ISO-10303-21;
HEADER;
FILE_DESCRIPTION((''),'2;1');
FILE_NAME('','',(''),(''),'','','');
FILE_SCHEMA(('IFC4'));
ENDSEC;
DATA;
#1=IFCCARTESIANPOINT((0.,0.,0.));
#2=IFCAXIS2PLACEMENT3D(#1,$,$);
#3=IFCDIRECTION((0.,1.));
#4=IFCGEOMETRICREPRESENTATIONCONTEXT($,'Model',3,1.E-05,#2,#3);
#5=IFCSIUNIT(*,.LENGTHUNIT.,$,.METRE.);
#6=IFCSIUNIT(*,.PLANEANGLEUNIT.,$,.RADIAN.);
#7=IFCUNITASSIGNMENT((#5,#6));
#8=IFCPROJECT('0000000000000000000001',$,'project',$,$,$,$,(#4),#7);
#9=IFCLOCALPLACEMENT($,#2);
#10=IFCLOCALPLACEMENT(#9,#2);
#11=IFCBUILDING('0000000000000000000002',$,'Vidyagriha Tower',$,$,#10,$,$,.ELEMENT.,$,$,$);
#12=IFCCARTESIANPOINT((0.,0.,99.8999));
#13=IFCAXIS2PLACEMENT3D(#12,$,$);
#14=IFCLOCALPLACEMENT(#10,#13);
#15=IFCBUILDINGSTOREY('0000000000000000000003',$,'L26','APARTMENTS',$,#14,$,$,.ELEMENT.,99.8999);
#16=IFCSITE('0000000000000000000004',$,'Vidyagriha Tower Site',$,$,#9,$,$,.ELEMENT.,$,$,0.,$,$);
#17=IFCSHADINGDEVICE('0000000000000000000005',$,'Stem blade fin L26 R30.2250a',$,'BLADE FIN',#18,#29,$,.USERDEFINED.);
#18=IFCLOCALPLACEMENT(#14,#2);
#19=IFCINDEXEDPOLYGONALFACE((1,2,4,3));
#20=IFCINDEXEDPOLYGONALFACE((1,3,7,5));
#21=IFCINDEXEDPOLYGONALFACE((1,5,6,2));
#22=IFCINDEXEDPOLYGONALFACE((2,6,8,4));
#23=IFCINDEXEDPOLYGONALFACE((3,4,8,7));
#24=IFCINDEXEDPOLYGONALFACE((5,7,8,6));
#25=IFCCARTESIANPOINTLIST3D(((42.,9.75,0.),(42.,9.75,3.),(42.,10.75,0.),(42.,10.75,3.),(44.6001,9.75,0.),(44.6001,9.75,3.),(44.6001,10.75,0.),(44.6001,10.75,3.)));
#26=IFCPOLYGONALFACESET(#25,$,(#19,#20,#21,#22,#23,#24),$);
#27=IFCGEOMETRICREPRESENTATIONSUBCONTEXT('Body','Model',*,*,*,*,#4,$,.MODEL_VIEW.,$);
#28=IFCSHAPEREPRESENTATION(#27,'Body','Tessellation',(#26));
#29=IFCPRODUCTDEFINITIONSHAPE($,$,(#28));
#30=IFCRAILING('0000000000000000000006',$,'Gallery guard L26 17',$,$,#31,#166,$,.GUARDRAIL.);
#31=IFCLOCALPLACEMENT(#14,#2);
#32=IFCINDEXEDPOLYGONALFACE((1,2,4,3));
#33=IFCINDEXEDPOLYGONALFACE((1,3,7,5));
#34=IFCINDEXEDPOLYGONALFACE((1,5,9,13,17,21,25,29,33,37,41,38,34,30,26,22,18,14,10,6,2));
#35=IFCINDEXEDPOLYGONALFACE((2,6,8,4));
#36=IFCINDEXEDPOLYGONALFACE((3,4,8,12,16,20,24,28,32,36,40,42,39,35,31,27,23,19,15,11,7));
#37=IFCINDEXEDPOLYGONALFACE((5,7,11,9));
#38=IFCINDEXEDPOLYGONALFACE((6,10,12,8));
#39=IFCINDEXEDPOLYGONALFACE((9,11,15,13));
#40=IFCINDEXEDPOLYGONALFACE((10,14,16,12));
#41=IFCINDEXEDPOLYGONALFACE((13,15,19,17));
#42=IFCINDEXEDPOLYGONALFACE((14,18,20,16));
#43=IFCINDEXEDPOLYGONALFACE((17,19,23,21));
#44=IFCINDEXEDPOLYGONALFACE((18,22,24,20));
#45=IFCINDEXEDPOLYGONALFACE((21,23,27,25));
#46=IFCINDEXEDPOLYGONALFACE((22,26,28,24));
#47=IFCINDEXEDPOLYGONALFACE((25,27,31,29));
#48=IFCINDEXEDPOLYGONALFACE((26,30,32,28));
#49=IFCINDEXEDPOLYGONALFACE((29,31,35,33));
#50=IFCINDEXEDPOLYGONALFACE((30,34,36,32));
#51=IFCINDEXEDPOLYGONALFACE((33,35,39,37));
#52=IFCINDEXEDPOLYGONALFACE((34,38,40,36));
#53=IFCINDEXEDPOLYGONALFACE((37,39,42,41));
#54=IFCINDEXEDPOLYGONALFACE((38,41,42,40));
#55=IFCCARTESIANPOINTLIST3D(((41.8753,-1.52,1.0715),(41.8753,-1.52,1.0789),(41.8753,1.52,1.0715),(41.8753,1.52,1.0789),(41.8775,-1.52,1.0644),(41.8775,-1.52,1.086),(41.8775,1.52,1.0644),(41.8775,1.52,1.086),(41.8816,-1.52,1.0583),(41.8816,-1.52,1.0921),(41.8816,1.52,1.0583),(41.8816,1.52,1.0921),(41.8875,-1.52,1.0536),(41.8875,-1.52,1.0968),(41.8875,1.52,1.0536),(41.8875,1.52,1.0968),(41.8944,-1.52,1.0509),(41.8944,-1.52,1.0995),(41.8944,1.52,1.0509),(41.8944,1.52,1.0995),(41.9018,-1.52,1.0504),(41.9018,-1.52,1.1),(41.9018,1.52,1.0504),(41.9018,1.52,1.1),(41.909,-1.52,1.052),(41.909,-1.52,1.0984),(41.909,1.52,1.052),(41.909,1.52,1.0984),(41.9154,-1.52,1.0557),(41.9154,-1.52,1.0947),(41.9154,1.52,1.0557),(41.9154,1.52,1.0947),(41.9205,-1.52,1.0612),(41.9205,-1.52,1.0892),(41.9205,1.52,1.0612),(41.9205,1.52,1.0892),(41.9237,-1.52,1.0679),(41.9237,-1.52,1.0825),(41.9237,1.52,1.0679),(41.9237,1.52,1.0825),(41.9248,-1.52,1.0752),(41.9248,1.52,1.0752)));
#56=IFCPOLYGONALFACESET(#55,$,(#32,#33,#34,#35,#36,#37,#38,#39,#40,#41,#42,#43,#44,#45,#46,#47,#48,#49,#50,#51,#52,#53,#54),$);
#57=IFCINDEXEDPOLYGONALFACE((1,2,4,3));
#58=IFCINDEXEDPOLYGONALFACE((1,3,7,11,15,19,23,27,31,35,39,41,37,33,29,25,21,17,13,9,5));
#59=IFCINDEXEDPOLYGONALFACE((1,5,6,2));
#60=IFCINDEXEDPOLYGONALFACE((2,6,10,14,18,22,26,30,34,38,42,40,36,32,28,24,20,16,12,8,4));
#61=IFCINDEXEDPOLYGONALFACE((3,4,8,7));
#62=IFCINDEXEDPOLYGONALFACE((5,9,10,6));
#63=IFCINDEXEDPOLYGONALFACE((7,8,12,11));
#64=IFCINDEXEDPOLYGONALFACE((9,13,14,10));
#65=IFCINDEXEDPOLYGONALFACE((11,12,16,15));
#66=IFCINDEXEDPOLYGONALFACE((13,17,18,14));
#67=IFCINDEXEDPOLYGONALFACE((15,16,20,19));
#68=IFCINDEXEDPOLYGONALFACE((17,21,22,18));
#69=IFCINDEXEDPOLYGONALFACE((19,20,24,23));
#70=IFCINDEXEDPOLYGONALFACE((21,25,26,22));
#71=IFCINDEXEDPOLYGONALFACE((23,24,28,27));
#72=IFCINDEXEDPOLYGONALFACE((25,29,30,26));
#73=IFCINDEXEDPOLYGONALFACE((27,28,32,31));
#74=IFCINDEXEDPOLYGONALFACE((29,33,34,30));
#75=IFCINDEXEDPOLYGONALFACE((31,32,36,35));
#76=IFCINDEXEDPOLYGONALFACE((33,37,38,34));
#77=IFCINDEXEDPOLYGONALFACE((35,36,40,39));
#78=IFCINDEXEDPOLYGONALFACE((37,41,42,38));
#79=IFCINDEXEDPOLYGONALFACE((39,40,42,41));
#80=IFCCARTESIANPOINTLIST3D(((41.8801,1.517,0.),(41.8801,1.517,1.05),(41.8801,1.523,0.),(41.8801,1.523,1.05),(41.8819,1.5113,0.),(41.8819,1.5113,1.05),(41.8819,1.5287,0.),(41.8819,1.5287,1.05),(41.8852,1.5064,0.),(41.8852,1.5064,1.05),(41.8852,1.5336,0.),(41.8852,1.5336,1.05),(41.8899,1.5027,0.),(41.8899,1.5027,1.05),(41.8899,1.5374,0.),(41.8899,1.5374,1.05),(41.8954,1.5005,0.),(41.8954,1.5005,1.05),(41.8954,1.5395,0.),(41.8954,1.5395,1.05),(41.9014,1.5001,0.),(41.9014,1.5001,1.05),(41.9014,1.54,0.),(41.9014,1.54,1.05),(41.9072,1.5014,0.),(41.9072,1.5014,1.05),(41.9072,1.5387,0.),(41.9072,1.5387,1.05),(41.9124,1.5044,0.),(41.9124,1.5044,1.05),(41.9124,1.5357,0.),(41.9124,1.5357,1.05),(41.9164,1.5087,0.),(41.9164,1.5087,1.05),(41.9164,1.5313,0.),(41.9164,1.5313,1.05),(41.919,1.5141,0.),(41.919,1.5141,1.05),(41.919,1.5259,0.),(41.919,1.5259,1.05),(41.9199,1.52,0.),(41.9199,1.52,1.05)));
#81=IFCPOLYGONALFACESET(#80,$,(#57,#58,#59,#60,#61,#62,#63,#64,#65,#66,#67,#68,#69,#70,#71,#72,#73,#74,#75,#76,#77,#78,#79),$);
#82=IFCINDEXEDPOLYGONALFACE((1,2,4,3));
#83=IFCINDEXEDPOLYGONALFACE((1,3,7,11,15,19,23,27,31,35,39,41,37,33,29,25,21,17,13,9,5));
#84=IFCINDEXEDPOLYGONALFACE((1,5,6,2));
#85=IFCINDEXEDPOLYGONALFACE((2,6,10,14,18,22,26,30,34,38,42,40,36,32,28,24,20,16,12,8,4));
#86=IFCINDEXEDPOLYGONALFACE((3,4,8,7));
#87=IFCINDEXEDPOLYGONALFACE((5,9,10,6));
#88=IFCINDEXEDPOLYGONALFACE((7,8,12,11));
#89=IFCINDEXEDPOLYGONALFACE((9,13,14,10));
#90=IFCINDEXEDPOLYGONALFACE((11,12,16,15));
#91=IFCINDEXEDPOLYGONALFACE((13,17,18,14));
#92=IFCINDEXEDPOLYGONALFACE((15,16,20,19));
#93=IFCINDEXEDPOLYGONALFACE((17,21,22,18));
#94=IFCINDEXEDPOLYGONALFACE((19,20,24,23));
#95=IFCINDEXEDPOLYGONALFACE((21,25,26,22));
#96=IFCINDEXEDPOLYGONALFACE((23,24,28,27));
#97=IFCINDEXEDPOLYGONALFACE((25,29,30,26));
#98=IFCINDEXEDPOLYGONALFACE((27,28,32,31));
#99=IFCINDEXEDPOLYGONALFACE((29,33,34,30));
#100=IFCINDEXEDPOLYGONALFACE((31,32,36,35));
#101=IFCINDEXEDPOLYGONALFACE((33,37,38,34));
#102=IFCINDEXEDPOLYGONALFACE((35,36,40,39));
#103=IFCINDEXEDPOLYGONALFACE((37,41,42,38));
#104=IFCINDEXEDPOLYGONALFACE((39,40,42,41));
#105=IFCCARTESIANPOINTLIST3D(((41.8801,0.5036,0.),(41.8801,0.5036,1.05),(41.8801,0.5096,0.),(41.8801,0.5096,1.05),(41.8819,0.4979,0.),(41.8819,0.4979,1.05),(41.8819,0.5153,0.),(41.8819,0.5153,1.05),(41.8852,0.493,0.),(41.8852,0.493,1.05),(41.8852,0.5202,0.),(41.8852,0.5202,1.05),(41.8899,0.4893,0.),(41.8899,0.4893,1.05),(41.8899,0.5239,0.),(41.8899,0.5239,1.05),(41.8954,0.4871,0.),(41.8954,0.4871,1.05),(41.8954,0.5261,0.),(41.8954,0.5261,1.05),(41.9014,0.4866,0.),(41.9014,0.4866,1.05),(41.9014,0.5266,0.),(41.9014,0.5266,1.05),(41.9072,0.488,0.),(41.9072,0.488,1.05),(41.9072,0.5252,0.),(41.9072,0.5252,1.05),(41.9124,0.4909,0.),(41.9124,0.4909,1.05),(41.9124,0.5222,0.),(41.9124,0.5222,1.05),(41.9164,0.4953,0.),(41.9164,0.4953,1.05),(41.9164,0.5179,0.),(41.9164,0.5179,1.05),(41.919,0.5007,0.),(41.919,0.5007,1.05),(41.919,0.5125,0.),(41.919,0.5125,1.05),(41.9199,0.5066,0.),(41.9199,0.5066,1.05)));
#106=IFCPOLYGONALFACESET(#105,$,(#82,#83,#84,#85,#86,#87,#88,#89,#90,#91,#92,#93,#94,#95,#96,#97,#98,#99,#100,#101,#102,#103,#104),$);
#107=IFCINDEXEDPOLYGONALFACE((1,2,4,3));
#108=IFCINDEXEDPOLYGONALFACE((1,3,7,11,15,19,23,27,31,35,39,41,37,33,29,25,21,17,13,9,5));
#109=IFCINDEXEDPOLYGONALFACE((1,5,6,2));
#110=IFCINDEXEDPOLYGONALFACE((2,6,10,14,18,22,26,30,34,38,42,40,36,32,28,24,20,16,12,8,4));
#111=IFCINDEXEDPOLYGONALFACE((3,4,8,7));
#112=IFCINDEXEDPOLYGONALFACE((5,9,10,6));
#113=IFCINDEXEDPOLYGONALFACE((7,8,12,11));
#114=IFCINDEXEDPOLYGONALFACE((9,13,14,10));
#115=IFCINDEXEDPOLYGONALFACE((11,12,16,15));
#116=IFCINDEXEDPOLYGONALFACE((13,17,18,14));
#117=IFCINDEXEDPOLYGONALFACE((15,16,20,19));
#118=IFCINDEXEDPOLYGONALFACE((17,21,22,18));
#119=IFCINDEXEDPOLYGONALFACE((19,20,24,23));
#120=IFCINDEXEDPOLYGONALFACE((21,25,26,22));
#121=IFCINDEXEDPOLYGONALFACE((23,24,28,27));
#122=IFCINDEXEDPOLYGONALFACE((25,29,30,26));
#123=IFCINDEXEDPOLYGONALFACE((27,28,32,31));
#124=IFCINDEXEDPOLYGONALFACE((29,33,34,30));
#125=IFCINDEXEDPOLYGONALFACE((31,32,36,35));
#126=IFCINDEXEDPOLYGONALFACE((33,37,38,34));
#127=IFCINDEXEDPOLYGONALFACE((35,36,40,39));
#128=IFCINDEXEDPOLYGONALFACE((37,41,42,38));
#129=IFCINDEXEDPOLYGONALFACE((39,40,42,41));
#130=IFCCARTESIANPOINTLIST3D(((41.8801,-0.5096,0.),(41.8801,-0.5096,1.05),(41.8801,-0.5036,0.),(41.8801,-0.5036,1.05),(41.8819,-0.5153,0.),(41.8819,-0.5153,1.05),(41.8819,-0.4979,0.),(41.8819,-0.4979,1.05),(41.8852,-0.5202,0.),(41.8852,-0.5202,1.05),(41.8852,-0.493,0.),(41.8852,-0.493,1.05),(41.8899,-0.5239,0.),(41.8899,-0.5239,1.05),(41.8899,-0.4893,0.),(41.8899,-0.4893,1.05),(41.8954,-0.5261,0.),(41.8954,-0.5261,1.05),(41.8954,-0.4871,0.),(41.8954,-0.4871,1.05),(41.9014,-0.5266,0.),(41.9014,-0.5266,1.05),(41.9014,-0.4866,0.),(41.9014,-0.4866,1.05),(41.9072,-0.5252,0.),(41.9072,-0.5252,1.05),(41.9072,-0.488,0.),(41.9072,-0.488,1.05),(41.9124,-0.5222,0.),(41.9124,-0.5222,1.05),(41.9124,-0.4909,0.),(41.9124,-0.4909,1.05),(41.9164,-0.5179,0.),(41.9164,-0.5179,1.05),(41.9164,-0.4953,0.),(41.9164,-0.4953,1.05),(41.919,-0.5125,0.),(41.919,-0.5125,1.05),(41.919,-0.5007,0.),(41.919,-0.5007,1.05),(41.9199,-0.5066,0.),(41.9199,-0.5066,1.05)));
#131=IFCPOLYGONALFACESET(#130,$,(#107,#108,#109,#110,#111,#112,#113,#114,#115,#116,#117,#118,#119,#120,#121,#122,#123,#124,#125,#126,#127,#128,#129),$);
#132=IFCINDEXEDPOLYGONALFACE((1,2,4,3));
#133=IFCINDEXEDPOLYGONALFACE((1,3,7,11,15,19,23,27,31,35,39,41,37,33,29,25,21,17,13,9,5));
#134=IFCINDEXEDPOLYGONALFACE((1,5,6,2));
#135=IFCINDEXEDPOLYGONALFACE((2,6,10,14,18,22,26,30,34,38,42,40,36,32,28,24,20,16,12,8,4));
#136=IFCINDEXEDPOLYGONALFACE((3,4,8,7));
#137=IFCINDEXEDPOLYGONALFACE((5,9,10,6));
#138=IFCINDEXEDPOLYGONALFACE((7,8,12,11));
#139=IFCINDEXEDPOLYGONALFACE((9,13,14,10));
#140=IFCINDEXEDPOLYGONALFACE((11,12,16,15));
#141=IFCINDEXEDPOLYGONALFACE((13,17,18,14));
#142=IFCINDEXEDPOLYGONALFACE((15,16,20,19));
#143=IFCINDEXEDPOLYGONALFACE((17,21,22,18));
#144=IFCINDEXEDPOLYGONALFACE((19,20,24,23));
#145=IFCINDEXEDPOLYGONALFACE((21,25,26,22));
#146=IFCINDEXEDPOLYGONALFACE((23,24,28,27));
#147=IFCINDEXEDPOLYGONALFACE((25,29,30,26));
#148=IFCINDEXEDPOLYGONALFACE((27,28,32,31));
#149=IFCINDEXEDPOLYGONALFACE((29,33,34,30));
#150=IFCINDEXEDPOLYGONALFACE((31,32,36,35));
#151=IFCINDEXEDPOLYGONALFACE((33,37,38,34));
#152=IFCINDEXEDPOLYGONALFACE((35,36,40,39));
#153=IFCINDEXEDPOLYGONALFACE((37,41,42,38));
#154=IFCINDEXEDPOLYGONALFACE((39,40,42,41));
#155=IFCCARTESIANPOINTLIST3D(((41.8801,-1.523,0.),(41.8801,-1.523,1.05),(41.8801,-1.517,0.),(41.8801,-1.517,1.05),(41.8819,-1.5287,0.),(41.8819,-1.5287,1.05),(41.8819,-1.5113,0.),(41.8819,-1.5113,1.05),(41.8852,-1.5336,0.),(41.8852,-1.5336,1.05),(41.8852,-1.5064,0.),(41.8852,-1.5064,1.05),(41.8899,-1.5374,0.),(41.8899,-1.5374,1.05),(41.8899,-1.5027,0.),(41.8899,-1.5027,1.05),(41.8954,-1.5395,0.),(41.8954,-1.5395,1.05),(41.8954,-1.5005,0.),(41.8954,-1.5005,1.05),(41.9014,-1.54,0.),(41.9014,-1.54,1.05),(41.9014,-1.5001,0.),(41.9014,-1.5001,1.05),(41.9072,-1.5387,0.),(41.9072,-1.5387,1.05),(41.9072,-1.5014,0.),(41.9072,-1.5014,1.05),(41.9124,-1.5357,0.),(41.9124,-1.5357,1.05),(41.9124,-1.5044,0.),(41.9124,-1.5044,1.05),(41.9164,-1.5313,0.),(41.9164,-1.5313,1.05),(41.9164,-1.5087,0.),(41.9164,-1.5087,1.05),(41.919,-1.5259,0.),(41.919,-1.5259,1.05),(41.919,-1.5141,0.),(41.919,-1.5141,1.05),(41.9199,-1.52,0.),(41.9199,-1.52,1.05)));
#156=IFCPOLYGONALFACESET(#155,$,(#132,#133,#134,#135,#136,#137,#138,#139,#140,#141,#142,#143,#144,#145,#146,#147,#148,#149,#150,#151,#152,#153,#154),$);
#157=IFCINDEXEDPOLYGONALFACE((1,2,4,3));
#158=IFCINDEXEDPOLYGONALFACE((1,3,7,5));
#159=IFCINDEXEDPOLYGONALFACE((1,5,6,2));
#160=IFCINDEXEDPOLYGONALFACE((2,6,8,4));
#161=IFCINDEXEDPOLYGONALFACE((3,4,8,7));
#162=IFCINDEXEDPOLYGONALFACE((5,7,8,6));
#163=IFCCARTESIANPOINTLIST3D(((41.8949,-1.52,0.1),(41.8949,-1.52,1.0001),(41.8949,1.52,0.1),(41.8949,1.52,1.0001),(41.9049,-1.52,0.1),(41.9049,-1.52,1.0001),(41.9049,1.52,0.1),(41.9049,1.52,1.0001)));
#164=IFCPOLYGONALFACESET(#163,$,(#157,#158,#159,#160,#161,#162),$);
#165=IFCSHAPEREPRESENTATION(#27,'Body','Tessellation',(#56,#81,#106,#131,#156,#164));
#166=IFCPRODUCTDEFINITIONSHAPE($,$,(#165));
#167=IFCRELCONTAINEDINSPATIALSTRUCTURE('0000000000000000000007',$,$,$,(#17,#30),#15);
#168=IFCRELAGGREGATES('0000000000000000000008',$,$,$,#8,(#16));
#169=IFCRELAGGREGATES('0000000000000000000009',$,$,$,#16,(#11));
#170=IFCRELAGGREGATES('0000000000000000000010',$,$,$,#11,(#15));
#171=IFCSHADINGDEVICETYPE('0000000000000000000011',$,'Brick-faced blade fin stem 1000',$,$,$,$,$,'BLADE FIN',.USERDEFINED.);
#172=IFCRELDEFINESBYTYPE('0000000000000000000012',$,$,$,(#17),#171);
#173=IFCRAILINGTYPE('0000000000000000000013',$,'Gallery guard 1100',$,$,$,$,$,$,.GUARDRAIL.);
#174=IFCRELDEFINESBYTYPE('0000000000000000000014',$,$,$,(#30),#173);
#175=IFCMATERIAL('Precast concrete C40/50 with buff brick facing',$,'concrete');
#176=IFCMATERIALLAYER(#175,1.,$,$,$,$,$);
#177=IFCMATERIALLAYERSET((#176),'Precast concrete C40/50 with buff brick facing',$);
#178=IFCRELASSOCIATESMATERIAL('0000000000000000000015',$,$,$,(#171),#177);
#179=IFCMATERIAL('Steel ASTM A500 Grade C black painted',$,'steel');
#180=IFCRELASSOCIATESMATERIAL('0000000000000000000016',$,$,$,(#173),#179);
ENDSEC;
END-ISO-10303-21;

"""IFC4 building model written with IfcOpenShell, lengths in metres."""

from ifc_helpers import new_model, si_unit, direction, frame, origin, origin_2d, place, context, subcontext, project, spatial, polyline, rectangle, circle, outline, extrude, material, layer, layer_set, type_object, element, save


model = new_model("IFC4")

# Units and contexts
model_context = context("Model", 3, precision=1e-05, world=origin(), true_north=direction((0.0, 1.0)))
body_context = subcontext(model_context, "Body", "Model", "MODEL_VIEW")
ifc_project = project(units=[si_unit("LENGTHUNIT", "METRE"), si_unit("PLANEANGLEUNIT", "RADIAN")], contexts=[model_context])

# Site, building, storey
site_placement = place(None, origin())
site = spatial("IfcSite", under=ifc_project, at=site_placement, Name="Vidyagriha Tower Site", CompositionType="ELEMENT", RefElevation=0.0)
building_placement = place(site_placement, origin())
building = spatial("IfcBuilding", under=site, at=building_placement, Name="Vidyagriha Tower", CompositionType="ELEMENT")
storey_placement = place(building_placement, frame((0.0, 0.0, 99.8999)))
storey = spatial("IfcBuildingStorey", under=building, at=storey_placement, Name="L26", Description="APARTMENTS", CompositionType="ELEMENT", Elevation=99.8999)

# Shading device
ifc_material_1 = material(Name="Precast concrete C40/50 with buff brick facing", Category="concrete")
ifc_layer_1 = layer(ifc_material_1, 1.0)
ifc_layer_set_1 = layer_set([ifc_layer_1], Name="Precast concrete C40/50 with buff brick facing")
shading_device_type_1 = type_object("IfcShadingDeviceType", Name="Brick-faced blade fin stem 1000", ElementType="BLADE FIN", PredefinedType="USERDEFINED", material=ifc_layer_set_1)
shading_device_1_placement = place(storey_placement, frame((43.3, 9.75, 0.0), z_axis=(0.0, 0.0, 1.0), x_axis=(0.0, 1.0, 0.0)))
element("IfcShadingDevice", 1, at=shading_device_1_placement, inside=storey, type_object=shading_device_type_1, Name="Stem blade fin L26 R30.2250a", ObjectType="BLADE FIN", PredefinedType="USERDEFINED", context=body_context, shape_type="SweptSolid", body=[
    extrude(outline(polyline([(0.0, 0.0), (1.0, 0.0), (1.0, 3.0), (0.0, 3.0), (0.0, 0.0)])), frame((0.0, 1.3, 0.0), z_axis=(0.0, -1.0, 0.0), x_axis=(1.0, 0.0, 0.0)), (0.0, 0.0, 1.0), 2.6001),
])

# Railing
ifc_material_2 = material(Name="Steel ASTM A500 Grade C black painted", Category="steel")
railing_type_1 = type_object("IfcRailingType", Name="Gallery guard 1100", PredefinedType="GUARDRAIL", material=ifc_material_2)
railing_1_placement = place(storey_placement, frame((41.8999, 1.52, 0.0)))
element("IfcRailing", 2, at=railing_1_placement, inside=storey, type_object=railing_type_1, Name="Gallery guard L26 17", PredefinedType="GUARDRAIL", context=body_context, shape_type="SweptSolid", body=[
    extrude(circle(Radius=0.0249, at=origin_2d()), frame((0.0, 0.0, 1.0752), z_axis=(0.0, -1.0, 0.0), x_axis=(1.0, 0.0, 0.0)), (0.0, 0.0, 1.0), 3.04),
    extrude(circle(Radius=0.02, at=origin_2d()), origin(), (0.0, 0.0, 1.0), 1.05),
    extrude(circle(Radius=0.02, at=origin_2d()), frame((0.0, -1.0134, 0.0)), (0.0, 0.0, 1.0), 1.05),
    extrude(circle(Radius=0.02, at=origin_2d()), frame((0.0, -2.0266, 0.0)), (0.0, 0.0, 1.0), 1.05),
    extrude(circle(Radius=0.02, at=origin_2d()), frame((0.0, -3.04, 0.0)), (0.0, 0.0, 1.0), 1.05),
    extrude(rectangle(XDim=0.01, YDim=0.9001, at=origin_2d()), frame((0.0, 0.0, 0.55), z_axis=(0.0, -1.0, 0.0), x_axis=(1.0, 0.0, 0.0)), (0.0, 0.0, 1.0), 3.04),
])

save(model, "model.ifc")
